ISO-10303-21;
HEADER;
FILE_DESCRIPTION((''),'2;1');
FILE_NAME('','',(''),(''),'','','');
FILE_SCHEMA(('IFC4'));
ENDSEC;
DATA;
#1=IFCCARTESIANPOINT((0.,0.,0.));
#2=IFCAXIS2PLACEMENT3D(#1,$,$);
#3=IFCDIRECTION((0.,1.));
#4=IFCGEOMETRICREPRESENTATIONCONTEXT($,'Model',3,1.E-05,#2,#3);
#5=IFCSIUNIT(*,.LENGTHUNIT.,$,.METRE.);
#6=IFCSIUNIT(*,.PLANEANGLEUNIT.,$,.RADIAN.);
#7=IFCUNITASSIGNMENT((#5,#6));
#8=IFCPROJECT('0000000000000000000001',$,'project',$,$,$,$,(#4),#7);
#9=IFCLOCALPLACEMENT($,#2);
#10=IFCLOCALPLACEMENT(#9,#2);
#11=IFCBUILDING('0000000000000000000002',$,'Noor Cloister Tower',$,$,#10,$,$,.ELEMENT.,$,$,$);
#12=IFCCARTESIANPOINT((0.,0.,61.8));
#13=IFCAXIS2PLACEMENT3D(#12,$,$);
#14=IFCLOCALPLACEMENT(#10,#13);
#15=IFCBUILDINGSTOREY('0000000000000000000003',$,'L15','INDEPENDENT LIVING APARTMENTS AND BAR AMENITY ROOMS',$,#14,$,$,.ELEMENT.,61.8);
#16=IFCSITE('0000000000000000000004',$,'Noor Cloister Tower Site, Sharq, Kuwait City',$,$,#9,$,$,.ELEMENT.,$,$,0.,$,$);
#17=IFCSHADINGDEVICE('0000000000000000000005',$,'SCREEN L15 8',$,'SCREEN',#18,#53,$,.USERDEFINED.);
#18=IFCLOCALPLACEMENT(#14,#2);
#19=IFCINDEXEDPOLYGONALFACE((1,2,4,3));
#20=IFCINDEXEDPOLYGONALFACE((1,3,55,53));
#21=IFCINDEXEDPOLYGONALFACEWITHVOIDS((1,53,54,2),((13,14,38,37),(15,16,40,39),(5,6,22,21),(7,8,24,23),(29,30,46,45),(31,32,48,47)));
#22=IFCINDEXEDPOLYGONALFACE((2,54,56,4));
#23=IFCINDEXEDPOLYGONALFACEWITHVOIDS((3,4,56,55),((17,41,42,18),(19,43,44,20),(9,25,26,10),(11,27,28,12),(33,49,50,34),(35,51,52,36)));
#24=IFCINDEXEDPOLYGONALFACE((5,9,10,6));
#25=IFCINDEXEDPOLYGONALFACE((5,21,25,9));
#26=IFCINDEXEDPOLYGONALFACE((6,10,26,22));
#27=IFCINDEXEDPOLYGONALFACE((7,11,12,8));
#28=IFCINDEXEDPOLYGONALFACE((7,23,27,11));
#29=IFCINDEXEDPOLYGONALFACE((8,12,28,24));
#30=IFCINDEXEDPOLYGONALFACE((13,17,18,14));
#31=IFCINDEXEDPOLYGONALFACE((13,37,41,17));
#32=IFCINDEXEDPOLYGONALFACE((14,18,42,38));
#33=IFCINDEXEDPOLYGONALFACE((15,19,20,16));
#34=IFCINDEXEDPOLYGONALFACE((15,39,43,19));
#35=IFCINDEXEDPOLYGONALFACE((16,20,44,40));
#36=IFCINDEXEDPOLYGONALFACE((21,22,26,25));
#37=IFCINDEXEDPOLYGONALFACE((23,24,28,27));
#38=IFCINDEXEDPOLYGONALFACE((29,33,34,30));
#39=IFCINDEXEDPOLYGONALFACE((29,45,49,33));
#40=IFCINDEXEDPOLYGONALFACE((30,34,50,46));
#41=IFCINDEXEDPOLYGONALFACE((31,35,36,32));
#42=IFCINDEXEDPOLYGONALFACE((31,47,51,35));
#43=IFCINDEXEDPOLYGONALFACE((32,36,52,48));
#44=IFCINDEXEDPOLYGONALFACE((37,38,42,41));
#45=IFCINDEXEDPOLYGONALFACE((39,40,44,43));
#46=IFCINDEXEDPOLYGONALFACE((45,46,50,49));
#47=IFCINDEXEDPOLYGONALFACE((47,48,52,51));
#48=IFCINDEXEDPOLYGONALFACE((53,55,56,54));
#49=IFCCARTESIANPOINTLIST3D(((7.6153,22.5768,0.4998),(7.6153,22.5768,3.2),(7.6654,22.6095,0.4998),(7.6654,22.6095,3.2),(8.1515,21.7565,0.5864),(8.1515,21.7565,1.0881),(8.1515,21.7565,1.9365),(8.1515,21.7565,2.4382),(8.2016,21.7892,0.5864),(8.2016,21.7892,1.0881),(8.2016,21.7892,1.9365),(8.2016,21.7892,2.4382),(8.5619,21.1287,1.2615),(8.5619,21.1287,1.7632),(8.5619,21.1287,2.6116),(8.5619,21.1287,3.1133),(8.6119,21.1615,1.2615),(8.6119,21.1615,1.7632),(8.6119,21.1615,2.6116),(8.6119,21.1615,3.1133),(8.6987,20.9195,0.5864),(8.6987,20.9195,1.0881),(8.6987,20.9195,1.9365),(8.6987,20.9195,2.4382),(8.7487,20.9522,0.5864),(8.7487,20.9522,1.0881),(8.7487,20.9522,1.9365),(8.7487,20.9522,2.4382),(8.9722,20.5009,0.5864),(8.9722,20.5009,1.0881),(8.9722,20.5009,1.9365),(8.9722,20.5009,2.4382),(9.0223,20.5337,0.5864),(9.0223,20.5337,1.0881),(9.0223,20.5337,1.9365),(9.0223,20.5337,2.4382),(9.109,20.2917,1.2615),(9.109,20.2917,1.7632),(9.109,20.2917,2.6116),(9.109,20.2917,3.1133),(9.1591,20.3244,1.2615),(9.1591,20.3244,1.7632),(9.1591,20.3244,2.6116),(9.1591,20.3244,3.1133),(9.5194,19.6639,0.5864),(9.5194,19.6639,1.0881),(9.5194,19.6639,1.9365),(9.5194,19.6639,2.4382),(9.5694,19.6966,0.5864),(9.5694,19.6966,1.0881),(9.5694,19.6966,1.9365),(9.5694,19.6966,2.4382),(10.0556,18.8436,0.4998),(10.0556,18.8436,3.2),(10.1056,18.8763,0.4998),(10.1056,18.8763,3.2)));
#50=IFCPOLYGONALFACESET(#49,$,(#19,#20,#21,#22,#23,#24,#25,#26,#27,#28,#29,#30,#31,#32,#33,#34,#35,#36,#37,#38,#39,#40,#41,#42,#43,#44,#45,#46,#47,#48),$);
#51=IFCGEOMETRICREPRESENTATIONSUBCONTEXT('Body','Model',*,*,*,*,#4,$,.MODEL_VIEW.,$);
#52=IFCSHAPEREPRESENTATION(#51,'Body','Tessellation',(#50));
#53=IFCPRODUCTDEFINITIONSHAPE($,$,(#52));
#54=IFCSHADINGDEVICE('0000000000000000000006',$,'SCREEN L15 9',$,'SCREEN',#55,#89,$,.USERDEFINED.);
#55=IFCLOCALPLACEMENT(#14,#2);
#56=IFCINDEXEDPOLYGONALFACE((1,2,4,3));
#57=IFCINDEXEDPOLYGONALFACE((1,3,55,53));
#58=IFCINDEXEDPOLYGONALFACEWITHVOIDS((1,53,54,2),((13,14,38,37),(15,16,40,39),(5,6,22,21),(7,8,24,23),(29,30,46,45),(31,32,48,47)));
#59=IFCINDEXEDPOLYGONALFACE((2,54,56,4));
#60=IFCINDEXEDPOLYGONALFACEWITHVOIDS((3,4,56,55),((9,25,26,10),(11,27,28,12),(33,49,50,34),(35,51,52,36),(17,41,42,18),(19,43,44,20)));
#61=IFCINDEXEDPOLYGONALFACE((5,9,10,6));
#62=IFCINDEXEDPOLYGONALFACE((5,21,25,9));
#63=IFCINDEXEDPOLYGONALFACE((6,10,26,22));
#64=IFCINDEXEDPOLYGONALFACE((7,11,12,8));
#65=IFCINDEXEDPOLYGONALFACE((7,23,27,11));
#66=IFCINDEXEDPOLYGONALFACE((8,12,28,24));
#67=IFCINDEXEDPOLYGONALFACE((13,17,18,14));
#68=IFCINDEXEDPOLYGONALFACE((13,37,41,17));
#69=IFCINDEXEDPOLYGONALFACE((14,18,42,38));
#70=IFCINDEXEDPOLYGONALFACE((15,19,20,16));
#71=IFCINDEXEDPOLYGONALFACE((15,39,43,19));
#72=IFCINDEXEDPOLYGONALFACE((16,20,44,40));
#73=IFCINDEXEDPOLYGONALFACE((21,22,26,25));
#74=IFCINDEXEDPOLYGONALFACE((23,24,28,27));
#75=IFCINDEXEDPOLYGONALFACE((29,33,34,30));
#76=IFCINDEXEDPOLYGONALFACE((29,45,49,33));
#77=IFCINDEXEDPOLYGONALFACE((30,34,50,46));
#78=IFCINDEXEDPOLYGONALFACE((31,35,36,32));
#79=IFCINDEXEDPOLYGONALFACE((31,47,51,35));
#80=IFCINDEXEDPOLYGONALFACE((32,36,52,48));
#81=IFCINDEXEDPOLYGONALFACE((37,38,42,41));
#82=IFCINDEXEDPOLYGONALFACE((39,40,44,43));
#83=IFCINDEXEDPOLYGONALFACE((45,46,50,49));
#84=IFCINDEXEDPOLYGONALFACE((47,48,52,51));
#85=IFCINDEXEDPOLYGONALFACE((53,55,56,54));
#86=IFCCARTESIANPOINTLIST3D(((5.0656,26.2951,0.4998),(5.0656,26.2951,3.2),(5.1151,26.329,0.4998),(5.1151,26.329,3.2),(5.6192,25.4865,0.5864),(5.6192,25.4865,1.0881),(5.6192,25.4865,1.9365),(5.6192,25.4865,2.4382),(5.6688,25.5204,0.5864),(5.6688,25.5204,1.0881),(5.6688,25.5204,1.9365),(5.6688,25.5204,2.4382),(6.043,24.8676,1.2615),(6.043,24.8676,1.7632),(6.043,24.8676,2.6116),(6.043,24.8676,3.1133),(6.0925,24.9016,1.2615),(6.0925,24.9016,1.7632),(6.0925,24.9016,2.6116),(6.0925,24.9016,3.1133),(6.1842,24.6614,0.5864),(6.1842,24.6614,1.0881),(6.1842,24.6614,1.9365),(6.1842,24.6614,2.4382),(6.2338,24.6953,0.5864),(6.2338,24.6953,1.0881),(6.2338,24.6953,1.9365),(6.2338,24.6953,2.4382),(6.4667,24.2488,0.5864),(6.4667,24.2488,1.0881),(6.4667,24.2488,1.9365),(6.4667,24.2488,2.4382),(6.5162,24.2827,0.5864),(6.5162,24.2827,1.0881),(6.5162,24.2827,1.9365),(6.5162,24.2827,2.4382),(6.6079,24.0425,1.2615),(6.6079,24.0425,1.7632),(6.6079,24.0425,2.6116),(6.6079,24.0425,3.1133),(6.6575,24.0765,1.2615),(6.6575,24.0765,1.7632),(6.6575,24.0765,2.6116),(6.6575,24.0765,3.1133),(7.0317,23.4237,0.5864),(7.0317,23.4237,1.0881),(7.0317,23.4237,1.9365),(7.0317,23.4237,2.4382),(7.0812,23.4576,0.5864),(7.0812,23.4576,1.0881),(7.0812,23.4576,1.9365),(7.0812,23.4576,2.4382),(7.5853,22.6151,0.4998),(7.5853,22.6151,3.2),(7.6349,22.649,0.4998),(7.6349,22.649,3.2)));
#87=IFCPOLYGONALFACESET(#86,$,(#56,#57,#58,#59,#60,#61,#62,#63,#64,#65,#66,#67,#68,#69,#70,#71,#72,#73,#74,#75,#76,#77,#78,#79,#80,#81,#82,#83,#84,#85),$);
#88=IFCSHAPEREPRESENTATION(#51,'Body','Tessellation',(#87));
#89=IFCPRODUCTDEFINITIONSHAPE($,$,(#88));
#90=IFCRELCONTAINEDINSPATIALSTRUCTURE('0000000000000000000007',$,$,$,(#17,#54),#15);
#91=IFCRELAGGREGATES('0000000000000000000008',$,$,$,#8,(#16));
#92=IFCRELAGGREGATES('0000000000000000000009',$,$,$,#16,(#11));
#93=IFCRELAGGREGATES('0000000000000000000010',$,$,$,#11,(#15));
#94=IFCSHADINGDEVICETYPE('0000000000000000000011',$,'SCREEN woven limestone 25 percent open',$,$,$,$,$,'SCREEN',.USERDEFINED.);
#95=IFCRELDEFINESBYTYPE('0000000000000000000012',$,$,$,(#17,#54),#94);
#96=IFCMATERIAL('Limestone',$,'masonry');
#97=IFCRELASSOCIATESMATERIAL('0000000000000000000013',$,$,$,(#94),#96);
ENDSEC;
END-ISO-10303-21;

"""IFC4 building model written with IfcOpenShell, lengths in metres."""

from ifc_helpers import new_model, si_unit, direction, frame, origin, place, context, subcontext, project, spatial, polyline, outline, extrude, material, material_profile, profile_set, type_object, element, save


model = new_model("IFC4")

# Units and contexts
model_context = context("Model", 3, precision=1e-05, world=origin(), true_north=direction((0.0, 1.0)))
body_context = subcontext(model_context, "Body", "Model", "MODEL_VIEW")
ifc_project = project(units=[si_unit("LENGTHUNIT", "METRE"), si_unit("PLANEANGLEUNIT", "RADIAN")], contexts=[model_context])

# Site, building, storey
site_placement = place(None, origin())
site = spatial("IfcSite", under=ifc_project, at=site_placement, Name="Noor Cloister Tower Site, Sharq, Kuwait City", CompositionType="ELEMENT", RefElevation=0.0)
building_placement = place(site_placement, origin())
building = spatial("IfcBuilding", under=site, at=building_placement, Name="Noor Cloister Tower", CompositionType="ELEMENT")
storey_placement = place(building_placement, frame((0.0, 0.0, 61.8)))
storey = spatial("IfcBuildingStorey", under=building, at=storey_placement, Name="L15", Description="INDEPENDENT LIVING APARTMENTS AND BAR AMENITY ROOMS", CompositionType="ELEMENT", Elevation=61.8)

# Shading devices
ifc_material_1 = material(Name="Limestone", Category="masonry")
ifc_material_profile_1 = material_profile(ifc_material_1, outline(polyline([(-2.23, -1.3501), (2.23, -1.3501), (2.23, 1.3501), (-2.23, 1.3501), (-2.23, -1.3501)]), holes=[polyline([(-1.25, -1.2634), (-0.25, -1.2634), (-0.25, -0.7617), (-1.25, -0.7617), (-1.25, -1.2634)]), polyline([(0.25, -1.2634), (1.25, -1.2634), (1.25, -0.7617), (0.25, -0.7617), (0.25, -1.2634)]), polyline([(-0.5, -0.5884), (0.5, -0.5884), (0.5, -0.0867), (-0.5, -0.0867), (-0.5, -0.5884)]), polyline([(-1.25, 0.0867), (-0.25, 0.0867), (-0.25, 0.5884), (-1.25, 0.5884), (-1.25, 0.0867)]), polyline([(0.25, 0.0867), (1.25, 0.0867), (1.25, 0.5884), (0.25, 0.5884), (0.25, 0.0867)]), polyline([(-0.5, 0.7617), (0.5, 0.7617), (0.5, 1.2634), (-0.5, 1.2634), (-0.5, 0.7617)])]), Name="Woven screen 25 percent open")
ifc_profile_set_1 = profile_set([ifc_material_profile_1], Name="Limestone")
shading_device_type = type_object("IfcShadingDeviceType", Name="SCREEN woven limestone 25 percent open", ElementType="SCREEN", PredefinedType="USERDEFINED", material=ifc_profile_set_1)
shading_device_1_placement = place(storey_placement, frame((8.8354, 20.7102, 1.8499), z_axis=(0.837042, 0.547139, 0.0), x_axis=(-0.547139, 0.837042, 0.0)))
element("IfcShadingDevice", 1, at=shading_device_1_placement, inside=storey, type_object=shading_device_type, Name="SCREEN L15 8", ObjectType="SCREEN", PredefinedType="USERDEFINED", context=body_context, shape_type="SweptSolid", body=[
    extrude(outline(polyline([(-2.23, -1.3501), (2.23, -1.3501), (2.23, 1.3501), (-2.23, 1.3501), (-2.23, -1.3501)]), holes=[polyline([(-1.25, -1.2634), (-0.25, -1.2634), (-0.25, -0.7617), (-1.25, -0.7617), (-1.25, -1.2634)]), polyline([(0.25, -1.2634), (1.25, -1.2634), (1.25, -0.7617), (0.25, -0.7617), (0.25, -1.2634)]), polyline([(-0.5, -0.5884), (0.5, -0.5884), (0.5, -0.0867), (-0.5, -0.0867), (-0.5, -0.5884)]), polyline([(-1.25, 0.0867), (-0.25, 0.0867), (-0.25, 0.5884), (-1.25, 0.5884), (-1.25, 0.0867)]), polyline([(0.25, 0.0867), (1.25, 0.0867), (1.25, 0.5884), (0.25, 0.5884), (0.25, 0.0867)]), polyline([(-0.5, 0.7617), (0.5, 0.7617), (0.5, 1.2634), (-0.5, 1.2634), (-0.5, 0.7617)])]), origin(), (0.0, 0.0, 1.0), 0.0598),
])
shading_device_2_placement = place(storey_placement, frame((6.3254, 24.4551, 1.8499), z_axis=(0.825108, 0.564975, 0.0), x_axis=(-0.564975, 0.825108, 0.0)))
element("IfcShadingDevice", 2, at=shading_device_2_placement, inside=storey, type_object=shading_device_type, Name="SCREEN L15 9", ObjectType="SCREEN", PredefinedType="USERDEFINED", context=body_context, shape_type="SweptSolid", body=[
    extrude(outline(polyline([(-2.23, -1.3501), (2.23, -1.3501), (2.23, 1.3501), (-2.23, 1.3501), (-2.23, -1.3501)]), holes=[polyline([(-1.25, -1.2634), (-0.25, -1.2634), (-0.25, -0.7617), (-1.25, -0.7617), (-1.25, -1.2634)]), polyline([(0.25, -1.2634), (1.25, -1.2634), (1.25, -0.7617), (0.25, -0.7617), (0.25, -1.2634)]), polyline([(-0.5, -0.5884), (0.5, -0.5884), (0.5, -0.0867), (-0.5, -0.0867), (-0.5, -0.5884)]), polyline([(-1.25, 0.0867), (-0.25, 0.0867), (-0.25, 0.5884), (-1.25, 0.5884), (-1.25, 0.0867)]), polyline([(0.25, 0.0867), (1.25, 0.0867), (1.25, 0.5884), (0.25, 0.5884), (0.25, 0.0867)]), polyline([(-0.5, 0.7617), (0.5, 0.7617), (0.5, 1.2634), (-0.5, 1.2634), (-0.5, 0.7617)])]), origin(), (0.0, 0.0, 1.0), 0.0601),
])

save(model, "model.ifc")
